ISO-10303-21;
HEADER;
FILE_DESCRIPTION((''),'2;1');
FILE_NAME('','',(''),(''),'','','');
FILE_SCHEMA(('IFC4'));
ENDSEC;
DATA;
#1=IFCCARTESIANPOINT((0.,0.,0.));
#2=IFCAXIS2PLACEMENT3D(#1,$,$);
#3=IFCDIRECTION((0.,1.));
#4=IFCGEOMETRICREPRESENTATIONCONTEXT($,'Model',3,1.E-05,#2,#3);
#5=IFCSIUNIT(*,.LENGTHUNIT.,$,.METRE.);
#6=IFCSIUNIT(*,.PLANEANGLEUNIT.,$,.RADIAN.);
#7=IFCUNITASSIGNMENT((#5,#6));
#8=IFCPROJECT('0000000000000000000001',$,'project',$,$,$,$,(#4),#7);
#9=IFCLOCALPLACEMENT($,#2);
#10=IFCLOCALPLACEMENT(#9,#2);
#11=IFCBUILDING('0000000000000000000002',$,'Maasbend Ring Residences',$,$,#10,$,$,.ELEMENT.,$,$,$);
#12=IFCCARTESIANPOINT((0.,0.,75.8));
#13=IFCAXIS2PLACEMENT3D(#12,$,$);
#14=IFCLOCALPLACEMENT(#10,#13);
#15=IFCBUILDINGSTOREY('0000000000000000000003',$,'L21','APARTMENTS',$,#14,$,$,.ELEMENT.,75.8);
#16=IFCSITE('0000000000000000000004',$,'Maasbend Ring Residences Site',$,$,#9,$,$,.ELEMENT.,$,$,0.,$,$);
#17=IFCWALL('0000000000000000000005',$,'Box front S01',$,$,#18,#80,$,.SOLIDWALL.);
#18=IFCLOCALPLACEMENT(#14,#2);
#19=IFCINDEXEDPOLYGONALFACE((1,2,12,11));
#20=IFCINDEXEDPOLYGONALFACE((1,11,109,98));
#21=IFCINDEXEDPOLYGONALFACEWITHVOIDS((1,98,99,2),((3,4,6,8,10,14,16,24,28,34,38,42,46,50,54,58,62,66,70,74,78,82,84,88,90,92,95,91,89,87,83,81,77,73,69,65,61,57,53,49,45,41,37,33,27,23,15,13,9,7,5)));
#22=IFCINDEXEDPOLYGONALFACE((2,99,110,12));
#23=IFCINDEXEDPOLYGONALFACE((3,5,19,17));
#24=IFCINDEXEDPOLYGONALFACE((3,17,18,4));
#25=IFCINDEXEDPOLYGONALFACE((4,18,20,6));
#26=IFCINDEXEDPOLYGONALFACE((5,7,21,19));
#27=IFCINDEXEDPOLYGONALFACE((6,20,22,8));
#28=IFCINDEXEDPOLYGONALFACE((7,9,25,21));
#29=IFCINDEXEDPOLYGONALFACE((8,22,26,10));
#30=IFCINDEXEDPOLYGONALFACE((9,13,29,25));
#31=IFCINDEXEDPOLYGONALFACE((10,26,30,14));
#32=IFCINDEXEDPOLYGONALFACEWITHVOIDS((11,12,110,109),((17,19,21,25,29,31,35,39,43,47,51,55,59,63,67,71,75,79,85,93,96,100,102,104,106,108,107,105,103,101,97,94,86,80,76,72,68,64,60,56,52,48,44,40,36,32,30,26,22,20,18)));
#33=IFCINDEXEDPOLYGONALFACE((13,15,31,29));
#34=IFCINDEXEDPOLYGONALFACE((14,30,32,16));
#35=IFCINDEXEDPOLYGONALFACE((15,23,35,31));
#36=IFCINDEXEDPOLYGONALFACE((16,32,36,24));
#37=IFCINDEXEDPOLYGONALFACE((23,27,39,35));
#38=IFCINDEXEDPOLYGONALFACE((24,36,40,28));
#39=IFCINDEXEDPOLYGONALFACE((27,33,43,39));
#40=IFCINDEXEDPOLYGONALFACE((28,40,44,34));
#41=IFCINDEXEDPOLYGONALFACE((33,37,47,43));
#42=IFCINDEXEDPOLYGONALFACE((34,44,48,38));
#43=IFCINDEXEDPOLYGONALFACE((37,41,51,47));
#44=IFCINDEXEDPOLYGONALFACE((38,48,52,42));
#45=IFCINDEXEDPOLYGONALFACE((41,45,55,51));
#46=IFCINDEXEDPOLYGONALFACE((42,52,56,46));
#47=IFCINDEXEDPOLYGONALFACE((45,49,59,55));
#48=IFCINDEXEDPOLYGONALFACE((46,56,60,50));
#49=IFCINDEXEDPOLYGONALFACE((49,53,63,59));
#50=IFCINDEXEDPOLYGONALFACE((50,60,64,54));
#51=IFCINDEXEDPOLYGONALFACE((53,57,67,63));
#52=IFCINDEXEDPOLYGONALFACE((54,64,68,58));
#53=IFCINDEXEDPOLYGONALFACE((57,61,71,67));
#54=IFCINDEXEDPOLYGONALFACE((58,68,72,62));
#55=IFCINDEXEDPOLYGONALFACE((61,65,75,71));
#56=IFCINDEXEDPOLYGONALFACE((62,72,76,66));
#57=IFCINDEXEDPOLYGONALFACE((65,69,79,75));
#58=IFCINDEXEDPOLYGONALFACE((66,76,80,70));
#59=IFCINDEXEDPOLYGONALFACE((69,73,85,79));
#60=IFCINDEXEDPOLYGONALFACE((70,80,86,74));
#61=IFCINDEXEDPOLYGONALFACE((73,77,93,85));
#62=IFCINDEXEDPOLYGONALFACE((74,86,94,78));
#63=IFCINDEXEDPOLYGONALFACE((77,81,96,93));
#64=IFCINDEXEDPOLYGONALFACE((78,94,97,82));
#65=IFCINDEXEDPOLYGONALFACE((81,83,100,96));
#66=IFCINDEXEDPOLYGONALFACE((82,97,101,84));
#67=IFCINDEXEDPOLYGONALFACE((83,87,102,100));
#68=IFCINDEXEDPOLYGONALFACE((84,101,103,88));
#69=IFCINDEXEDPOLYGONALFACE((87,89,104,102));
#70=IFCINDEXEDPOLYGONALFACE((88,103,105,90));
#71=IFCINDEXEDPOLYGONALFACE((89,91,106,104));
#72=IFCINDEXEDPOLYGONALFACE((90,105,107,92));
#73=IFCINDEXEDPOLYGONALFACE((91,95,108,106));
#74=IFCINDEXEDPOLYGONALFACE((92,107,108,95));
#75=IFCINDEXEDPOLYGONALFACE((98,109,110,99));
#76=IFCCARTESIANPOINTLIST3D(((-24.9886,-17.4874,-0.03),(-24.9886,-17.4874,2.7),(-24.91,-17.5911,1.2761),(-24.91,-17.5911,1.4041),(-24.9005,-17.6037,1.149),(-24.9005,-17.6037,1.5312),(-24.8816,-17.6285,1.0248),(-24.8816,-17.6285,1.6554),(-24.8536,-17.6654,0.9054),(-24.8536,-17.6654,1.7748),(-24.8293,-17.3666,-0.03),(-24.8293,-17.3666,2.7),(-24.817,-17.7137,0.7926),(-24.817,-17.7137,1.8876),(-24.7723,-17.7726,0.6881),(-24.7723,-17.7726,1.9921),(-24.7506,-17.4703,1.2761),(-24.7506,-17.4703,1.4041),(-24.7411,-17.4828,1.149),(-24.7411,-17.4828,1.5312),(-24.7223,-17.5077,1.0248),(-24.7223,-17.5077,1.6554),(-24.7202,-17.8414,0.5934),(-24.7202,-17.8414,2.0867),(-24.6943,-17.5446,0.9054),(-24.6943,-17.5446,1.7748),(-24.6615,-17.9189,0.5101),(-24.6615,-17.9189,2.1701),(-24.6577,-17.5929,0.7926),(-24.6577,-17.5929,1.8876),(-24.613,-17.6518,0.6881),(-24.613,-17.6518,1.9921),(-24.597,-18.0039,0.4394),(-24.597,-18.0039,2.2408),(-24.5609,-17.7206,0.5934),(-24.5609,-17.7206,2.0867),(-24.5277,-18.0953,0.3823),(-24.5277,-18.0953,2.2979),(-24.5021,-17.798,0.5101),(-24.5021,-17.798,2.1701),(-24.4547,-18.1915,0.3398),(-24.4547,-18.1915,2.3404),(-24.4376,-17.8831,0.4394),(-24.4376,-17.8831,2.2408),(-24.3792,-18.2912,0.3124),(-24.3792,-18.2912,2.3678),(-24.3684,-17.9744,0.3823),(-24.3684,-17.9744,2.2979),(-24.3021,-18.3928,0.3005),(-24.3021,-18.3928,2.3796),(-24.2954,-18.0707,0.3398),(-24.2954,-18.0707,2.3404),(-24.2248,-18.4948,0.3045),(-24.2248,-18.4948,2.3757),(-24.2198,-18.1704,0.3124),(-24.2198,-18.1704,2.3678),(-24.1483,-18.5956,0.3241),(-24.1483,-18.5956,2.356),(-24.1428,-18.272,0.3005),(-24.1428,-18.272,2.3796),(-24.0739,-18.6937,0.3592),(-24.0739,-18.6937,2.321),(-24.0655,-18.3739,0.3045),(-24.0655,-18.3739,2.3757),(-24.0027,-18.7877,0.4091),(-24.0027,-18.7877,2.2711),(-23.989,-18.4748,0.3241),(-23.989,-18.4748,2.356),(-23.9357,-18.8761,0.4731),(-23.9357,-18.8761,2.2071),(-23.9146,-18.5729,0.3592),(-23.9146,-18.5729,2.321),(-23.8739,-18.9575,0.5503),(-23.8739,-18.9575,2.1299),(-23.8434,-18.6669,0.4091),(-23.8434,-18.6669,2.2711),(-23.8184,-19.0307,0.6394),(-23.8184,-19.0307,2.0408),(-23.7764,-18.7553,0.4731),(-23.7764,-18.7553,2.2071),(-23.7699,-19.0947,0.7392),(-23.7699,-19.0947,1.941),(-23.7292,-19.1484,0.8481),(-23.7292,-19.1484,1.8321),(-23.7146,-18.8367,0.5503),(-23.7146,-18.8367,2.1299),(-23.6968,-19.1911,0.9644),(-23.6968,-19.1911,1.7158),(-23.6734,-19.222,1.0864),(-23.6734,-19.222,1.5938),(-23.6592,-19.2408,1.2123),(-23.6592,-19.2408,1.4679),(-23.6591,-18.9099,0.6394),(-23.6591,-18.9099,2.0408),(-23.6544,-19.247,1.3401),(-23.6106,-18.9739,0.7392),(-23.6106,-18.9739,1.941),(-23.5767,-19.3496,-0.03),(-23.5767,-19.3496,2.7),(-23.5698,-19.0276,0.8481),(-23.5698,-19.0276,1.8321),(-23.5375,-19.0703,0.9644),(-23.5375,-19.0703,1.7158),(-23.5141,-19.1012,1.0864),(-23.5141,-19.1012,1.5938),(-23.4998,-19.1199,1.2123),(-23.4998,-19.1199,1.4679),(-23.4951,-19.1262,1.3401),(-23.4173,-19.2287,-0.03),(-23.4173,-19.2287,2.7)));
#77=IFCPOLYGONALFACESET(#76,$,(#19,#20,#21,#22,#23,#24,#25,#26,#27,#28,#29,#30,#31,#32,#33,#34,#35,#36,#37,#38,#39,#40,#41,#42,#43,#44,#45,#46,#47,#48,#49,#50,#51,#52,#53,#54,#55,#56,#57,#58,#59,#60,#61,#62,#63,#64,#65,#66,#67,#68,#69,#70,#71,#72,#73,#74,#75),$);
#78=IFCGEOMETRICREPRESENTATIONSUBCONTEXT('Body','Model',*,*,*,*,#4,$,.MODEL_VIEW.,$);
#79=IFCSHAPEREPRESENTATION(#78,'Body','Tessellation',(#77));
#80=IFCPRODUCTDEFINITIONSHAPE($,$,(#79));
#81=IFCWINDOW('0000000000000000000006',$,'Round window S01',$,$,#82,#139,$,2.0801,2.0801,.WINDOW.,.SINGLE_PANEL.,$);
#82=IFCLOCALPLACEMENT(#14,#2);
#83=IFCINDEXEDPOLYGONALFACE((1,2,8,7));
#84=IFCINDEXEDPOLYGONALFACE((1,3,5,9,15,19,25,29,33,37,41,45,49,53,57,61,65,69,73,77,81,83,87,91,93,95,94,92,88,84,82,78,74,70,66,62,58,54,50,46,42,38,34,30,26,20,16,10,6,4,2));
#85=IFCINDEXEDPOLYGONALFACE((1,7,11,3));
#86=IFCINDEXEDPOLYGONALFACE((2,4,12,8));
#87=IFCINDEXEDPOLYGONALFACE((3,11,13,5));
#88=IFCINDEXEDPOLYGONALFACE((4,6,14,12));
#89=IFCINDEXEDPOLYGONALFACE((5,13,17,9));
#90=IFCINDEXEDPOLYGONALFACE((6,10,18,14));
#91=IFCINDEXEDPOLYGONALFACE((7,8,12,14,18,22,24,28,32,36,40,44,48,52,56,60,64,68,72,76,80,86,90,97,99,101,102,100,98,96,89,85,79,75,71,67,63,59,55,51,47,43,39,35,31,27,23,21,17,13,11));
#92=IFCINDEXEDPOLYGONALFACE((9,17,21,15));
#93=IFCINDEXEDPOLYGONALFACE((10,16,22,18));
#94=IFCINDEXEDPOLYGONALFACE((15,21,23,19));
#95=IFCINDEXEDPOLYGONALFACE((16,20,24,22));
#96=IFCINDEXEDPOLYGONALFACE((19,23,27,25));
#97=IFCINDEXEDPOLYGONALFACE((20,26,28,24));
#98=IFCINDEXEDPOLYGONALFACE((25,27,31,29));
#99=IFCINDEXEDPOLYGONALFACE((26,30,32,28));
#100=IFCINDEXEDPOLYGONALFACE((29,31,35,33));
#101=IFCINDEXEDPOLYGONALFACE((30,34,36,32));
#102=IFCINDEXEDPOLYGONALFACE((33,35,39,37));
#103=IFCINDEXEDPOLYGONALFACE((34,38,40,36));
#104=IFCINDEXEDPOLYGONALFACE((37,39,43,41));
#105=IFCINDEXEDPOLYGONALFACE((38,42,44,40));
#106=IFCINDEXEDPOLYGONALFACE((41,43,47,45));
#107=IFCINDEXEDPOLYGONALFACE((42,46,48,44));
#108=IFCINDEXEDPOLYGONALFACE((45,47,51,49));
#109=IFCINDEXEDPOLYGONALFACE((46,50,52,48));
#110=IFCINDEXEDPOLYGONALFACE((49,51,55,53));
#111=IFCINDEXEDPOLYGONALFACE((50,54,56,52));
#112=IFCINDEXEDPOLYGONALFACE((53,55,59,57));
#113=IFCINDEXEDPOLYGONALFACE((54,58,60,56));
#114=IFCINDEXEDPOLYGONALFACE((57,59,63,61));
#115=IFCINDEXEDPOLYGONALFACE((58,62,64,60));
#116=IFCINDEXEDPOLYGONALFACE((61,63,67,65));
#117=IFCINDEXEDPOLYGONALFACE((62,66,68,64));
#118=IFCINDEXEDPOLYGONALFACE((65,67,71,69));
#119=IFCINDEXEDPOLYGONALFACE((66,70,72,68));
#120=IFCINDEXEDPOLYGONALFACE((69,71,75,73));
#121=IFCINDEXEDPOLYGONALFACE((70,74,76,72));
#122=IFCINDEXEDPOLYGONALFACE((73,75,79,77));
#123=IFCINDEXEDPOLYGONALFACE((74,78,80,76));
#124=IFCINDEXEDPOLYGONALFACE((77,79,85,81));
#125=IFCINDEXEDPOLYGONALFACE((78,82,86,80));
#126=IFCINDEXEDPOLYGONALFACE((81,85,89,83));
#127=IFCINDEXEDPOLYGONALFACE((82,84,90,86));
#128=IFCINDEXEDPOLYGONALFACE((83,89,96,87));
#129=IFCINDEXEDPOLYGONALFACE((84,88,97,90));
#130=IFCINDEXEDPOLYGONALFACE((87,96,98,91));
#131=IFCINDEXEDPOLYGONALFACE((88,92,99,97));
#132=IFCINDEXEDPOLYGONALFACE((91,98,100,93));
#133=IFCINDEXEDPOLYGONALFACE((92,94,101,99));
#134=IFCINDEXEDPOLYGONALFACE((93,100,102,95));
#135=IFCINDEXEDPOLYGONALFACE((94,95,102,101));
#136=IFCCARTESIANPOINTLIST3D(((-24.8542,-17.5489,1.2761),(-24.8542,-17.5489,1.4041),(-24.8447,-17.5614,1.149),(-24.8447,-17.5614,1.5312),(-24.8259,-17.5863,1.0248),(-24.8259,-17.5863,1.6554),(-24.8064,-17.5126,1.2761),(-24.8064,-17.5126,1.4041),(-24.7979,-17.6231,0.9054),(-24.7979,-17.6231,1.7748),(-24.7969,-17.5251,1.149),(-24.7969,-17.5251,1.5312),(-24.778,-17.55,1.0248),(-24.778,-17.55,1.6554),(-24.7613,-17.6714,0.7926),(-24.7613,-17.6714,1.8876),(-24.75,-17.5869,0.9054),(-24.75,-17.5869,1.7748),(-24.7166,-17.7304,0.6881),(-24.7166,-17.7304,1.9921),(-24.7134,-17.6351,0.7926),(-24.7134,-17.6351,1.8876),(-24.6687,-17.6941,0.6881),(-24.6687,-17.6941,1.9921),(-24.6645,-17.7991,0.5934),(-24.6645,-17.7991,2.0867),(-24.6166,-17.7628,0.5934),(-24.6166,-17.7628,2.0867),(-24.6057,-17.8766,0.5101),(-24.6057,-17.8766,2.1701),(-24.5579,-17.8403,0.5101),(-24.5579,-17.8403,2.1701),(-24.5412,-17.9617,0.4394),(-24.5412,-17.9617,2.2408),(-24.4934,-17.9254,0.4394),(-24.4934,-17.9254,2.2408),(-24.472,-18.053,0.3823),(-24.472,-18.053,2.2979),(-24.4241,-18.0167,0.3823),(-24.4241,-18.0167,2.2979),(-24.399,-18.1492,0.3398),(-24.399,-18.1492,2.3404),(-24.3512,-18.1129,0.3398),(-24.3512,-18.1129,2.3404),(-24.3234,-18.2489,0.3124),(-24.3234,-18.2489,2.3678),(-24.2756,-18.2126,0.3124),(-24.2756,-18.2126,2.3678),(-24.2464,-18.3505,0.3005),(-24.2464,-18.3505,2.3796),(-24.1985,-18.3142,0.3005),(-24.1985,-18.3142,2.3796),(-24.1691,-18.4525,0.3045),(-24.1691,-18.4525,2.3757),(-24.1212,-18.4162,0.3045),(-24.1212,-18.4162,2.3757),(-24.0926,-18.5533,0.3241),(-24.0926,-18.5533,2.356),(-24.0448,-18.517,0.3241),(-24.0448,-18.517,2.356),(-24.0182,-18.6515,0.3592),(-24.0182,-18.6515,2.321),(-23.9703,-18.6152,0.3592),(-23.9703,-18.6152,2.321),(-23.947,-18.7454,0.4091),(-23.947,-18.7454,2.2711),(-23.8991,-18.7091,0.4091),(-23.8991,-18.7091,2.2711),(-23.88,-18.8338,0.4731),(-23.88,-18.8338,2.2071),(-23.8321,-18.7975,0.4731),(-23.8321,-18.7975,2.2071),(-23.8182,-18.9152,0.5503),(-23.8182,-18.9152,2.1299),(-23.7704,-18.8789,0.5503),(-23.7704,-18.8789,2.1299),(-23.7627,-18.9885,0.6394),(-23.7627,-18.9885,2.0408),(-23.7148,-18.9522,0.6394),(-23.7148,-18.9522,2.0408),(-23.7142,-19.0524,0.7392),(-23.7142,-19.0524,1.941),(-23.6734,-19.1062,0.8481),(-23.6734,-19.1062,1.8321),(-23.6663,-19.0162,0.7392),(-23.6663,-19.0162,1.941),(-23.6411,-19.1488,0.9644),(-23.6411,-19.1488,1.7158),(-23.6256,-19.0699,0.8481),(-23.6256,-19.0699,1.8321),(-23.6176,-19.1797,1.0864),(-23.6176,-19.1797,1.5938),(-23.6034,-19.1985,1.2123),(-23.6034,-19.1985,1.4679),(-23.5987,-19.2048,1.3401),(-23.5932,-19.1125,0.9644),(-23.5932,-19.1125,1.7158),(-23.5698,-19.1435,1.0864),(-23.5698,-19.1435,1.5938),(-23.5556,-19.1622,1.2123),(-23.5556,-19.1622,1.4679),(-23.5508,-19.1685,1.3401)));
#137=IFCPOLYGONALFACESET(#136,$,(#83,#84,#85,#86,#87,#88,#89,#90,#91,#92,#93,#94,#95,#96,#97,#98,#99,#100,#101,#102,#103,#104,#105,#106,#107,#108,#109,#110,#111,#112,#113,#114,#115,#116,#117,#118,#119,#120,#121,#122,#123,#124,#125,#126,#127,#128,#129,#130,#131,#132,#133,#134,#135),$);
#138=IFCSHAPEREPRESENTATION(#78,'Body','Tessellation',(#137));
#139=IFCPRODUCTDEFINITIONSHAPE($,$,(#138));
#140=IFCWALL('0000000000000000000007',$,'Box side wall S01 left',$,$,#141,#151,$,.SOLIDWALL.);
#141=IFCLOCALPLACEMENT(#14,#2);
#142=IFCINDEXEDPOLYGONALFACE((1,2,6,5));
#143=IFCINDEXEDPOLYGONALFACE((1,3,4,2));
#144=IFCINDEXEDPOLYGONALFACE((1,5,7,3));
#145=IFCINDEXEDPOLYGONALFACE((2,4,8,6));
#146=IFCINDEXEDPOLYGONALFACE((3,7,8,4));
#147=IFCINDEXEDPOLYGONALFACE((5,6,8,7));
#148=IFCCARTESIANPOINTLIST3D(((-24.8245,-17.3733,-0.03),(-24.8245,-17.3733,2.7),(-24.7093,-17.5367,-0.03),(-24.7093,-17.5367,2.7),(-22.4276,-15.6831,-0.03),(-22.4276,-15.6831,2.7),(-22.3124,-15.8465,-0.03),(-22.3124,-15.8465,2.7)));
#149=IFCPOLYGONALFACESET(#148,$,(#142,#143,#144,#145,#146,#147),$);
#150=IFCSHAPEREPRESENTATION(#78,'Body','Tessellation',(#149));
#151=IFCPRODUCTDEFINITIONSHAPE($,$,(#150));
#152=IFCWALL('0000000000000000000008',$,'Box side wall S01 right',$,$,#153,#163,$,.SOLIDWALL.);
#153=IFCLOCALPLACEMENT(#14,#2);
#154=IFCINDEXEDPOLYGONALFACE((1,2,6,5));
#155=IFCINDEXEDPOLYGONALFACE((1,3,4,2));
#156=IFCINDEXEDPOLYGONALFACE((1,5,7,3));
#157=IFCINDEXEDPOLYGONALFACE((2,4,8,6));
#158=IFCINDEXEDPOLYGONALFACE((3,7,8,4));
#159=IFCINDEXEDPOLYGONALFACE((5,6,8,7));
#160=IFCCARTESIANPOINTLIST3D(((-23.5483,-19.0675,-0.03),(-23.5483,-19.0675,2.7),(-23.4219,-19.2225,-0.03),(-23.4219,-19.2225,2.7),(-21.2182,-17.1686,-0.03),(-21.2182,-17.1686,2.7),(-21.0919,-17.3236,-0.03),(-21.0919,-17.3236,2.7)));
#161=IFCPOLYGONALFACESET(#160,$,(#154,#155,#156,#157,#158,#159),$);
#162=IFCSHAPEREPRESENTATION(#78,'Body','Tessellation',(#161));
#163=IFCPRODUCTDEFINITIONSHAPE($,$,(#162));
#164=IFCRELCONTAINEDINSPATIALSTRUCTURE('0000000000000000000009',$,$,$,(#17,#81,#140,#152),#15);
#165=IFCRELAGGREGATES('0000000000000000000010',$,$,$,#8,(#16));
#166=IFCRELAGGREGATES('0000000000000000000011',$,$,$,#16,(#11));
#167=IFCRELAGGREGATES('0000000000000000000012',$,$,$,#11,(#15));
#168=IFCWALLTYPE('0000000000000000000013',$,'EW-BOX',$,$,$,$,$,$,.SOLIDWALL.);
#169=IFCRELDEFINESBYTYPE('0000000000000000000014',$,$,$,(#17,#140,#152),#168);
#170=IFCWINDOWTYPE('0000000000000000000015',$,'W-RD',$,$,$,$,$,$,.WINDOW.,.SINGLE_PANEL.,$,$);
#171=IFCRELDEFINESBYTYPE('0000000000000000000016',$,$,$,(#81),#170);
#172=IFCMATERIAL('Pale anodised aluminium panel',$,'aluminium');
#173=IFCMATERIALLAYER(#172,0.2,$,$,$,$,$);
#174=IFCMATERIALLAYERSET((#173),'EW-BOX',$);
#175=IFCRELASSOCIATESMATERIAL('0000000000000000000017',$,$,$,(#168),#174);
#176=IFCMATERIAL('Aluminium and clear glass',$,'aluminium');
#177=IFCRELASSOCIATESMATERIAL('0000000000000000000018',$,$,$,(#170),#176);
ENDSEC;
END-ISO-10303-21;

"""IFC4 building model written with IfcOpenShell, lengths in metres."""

from ifc_helpers import new_model, si_unit, direction, frame, frame_2d, origin, place, context, subcontext, project, spatial, rectangle, circle, extrude, material, layer, layer_set, type_object, element, fill, save


model = new_model("IFC4")

# Units and contexts
model_context = context("Model", 3, precision=1e-05, world=origin(), true_north=direction((0.0, 1.0)))
body_context = subcontext(model_context, "Body", "Model", "MODEL_VIEW")
ifc_project = project(units=[si_unit("LENGTHUNIT", "METRE"), si_unit("PLANEANGLEUNIT", "RADIAN")], contexts=[model_context])

# Site, building, storey
site_placement = place(None, origin())
site = spatial("IfcSite", under=ifc_project, at=site_placement, Name="Maasbend Ring Residences Site", CompositionType="ELEMENT", RefElevation=0.0)
building_placement = place(site_placement, origin())
building = spatial("IfcBuilding", under=site, at=building_placement, Name="Maasbend Ring Residences", CompositionType="ELEMENT")
storey_placement = place(building_placement, frame((0.0, 0.0, 75.8)))
storey = spatial("IfcBuildingStorey", under=building, at=storey_placement, Name="L21", Description="APARTMENTS", CompositionType="ELEMENT", Elevation=75.8)

# Wall, opening, window
ifc_material_1 = material(Name="Pale anodised aluminium panel", Category="aluminium")
ifc_layer_1 = layer(ifc_material_1, 0.2)
ifc_layer_set_1 = layer_set([ifc_layer_1], Name="EW-BOX")
wall_type_1 = type_object("IfcWallType", Name="EW-BOX", PredefinedType="SOLIDWALL", material=ifc_layer_set_1)
wall_1_placement = place(storey_placement, frame((-24.9089, -17.427, -0.03), z_axis=(0.0, 0.0, 1.0), x_axis=(0.604188, -0.796842, 0.0)))
wall_1 = element("IfcWall", 1, at=wall_1_placement, inside=storey, type_object=wall_type_1, Name="Box front S01", PredefinedType="SOLIDWALL", context=body_context, shape_type="SweptSolid", body=[
    extrude(rectangle(XDim=2.3369, YDim=0.2, at=frame_2d((1.1685, 0.0))), origin(), (0.0, 0.0, 1.0), 2.73),
])
opening_1_placement = place(wall_1_placement, frame((0.1282, 0.0, 0.3301)))
opening_1 = element("IfcOpeningElement", 2, at=opening_1_placement, cuts=wall_1, PredefinedType="OPENING", context=body_context, shape_type="SweptSolid", body=[
    extrude(circle(Radius=1.04, at=frame_2d((1.04, 1.04))), frame((0.0, 0.1099, 0.0), z_axis=(0.0, -1.0, 0.0), x_axis=(1.0, 0.0, 0.0)), (0.0, 0.0, 1.0), 0.22),
])
ifc_material_2 = material(Name="Aluminium and clear glass", Category="aluminium")
window_type_1 = type_object("IfcWindowType", Name="W-RD", PartitioningType="SINGLE_PANEL", PredefinedType="WINDOW", material=ifc_material_2)
window_1_placement = place(opening_1_placement, origin())
window_1 = element("IfcWindow", 3, at=window_1_placement, inside=storey, type_object=window_type_1, Name="Round window S01", OverallHeight=2.0801, OverallWidth=2.0801, PartitioningType="SINGLE_PANEL", PredefinedType="WINDOW", context=body_context, shape_type="SweptSolid", body=[
    extrude(circle(Radius=1.04, at=frame_2d((1.04, 1.04))), frame((0.0, 0.03, 0.0), z_axis=(0.0, -1.0, 0.0), x_axis=(1.0, 0.0, 0.0)), (0.0, 0.0, 1.0), 0.0601),
])
fill(opening_1, window_1)

# Walls
wall_2_placement = place(storey_placement, frame((-22.3701, -15.7649, -0.03), z_axis=(0.0, 0.0, 1.0), x_axis=(-0.817256, -0.576275, 0.0)))
element("IfcWall", 4, at=wall_2_placement, inside=storey, type_object=wall_type_1, Name="Box side wall S01 left", PredefinedType="SOLIDWALL", context=body_context, shape_type="SweptSolid", body=[
    extrude(rectangle(XDim=2.9329, YDim=0.2, at=frame_2d((1.4663, 0.0))), origin(), (0.0, 0.0, 1.0), 2.73),
])
wall_3_placement = place(storey_placement, frame((-21.155, -17.2461, -0.03), z_axis=(0.0, 0.0, 1.0), x_axis=(-0.775179, -0.631742, 0.0)))
element("IfcWall", 5, at=wall_3_placement, inside=storey, type_object=wall_type_1, Name="Box side wall S01 right", PredefinedType="SOLIDWALL", context=body_context, shape_type="SweptSolid", body=[
    extrude(rectangle(XDim=3.0059, YDim=0.2, at=frame_2d((1.5029, 0.0))), origin(), (0.0, 0.0, 1.0), 2.73),
])

save(model, "model.ifc")
